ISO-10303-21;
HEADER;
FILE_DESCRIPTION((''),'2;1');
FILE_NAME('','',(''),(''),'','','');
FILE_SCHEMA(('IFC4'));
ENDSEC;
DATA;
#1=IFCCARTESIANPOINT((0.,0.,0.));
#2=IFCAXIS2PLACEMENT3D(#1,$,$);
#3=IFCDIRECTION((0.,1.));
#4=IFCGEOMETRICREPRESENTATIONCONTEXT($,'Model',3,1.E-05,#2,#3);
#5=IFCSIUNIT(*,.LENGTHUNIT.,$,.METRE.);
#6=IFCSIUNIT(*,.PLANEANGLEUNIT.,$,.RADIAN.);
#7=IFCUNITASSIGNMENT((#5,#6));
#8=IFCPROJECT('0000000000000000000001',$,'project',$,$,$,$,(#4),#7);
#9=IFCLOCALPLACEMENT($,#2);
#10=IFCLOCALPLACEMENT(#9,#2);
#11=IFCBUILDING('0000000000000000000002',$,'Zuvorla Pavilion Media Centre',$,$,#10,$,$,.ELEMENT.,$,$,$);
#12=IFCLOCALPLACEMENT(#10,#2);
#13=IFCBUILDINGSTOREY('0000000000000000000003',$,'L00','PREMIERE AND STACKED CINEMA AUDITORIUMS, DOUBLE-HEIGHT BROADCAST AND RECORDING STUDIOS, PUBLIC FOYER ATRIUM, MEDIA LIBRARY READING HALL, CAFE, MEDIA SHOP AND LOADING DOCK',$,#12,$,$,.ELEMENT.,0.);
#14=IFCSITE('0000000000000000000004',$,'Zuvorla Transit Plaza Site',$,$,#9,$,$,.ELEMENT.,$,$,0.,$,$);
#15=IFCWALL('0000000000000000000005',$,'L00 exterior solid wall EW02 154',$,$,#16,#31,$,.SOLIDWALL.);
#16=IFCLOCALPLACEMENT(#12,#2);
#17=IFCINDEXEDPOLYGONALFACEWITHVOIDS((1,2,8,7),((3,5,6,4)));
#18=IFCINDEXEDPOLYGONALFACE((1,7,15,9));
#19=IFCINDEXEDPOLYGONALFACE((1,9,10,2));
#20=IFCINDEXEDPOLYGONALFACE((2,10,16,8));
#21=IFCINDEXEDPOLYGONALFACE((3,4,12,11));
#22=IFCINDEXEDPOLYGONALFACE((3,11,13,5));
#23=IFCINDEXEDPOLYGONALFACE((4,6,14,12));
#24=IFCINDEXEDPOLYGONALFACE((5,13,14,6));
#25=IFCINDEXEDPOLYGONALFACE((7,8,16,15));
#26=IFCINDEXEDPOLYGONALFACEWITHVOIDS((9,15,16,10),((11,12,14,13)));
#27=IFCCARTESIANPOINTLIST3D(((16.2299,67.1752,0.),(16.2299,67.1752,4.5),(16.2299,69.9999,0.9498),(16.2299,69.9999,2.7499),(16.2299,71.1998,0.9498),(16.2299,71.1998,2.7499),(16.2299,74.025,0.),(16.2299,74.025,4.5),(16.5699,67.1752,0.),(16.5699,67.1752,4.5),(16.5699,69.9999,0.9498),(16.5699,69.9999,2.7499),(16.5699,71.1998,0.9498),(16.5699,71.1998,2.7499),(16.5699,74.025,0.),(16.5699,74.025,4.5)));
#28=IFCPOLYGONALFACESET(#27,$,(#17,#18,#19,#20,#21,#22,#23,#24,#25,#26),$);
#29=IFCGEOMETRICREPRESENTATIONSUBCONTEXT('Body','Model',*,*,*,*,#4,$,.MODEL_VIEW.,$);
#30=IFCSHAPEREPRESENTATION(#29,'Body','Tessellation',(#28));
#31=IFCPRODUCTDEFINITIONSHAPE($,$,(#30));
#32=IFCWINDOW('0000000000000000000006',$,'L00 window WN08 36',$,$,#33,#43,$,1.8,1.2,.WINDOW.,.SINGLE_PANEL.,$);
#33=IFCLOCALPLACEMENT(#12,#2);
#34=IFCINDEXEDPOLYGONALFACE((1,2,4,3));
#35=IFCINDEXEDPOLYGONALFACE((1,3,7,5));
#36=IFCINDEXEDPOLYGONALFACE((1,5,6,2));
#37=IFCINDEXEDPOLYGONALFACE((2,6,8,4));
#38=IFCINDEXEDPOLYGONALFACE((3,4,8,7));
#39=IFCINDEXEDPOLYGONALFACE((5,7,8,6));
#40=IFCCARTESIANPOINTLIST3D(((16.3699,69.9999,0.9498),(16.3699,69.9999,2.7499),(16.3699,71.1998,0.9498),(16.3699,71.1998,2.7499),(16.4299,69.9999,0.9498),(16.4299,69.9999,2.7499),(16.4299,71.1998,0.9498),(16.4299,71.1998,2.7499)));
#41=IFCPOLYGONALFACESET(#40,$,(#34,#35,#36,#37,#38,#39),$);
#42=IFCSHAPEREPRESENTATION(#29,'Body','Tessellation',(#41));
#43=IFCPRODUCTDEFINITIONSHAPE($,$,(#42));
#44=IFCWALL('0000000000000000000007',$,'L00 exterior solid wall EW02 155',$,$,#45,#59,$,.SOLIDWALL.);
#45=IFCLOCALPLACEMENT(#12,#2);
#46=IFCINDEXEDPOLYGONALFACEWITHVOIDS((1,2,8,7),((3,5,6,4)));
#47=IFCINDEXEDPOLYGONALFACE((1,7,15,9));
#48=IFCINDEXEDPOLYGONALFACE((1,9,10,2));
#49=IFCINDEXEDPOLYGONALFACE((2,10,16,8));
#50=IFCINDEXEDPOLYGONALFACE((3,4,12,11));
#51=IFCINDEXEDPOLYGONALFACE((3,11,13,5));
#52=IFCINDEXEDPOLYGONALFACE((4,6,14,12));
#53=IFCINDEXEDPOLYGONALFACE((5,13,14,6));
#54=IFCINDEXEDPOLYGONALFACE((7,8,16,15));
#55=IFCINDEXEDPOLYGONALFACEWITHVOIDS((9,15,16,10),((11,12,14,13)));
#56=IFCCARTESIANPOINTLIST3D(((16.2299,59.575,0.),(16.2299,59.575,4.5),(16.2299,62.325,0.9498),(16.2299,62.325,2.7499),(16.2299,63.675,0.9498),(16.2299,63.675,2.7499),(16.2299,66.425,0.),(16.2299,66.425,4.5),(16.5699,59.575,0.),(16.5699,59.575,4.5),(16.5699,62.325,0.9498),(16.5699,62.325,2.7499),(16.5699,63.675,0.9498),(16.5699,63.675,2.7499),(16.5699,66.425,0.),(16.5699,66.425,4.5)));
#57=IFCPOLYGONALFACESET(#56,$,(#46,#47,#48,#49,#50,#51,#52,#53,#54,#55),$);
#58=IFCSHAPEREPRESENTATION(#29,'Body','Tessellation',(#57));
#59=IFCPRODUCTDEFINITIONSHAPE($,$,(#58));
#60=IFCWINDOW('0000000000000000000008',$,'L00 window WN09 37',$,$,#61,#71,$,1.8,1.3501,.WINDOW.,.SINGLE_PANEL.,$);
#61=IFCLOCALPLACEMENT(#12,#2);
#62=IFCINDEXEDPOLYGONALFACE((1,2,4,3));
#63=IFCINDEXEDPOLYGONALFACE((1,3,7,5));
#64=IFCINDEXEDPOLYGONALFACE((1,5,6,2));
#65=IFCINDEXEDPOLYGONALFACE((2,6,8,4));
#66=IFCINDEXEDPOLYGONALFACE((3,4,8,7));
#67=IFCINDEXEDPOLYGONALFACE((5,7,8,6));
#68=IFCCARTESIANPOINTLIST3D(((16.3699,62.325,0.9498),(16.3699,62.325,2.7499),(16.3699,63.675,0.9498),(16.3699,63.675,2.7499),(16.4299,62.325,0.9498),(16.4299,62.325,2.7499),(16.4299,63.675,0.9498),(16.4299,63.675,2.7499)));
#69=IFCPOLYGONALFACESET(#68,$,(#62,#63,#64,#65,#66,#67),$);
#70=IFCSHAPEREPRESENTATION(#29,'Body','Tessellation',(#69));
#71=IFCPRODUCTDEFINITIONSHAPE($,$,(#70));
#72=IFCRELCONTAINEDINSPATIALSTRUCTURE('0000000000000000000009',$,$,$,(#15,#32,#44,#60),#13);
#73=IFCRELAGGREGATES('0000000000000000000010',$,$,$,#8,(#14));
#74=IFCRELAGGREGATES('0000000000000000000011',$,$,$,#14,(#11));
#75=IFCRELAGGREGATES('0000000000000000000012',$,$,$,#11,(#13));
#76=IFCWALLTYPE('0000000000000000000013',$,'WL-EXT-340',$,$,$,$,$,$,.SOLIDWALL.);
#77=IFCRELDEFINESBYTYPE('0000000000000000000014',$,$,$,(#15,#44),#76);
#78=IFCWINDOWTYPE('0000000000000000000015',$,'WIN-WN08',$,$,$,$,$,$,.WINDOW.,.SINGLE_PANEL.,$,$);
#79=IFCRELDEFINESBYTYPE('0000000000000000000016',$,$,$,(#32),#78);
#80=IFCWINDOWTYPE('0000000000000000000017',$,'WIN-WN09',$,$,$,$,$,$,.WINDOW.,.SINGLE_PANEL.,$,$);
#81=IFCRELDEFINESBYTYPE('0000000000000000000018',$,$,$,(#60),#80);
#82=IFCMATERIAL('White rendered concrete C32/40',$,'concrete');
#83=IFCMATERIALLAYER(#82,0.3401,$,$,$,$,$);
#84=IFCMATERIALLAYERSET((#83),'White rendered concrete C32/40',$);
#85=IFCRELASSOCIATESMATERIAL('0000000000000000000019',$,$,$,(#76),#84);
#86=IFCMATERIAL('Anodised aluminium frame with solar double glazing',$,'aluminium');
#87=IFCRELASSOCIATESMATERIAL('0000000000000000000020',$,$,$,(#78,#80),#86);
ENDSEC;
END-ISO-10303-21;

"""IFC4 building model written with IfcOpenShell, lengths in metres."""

from ifc_helpers import new_model, si_unit, direction, frame, frame_2d, origin, place, context, subcontext, project, spatial, rectangle, extrude, material, layer, layer_set, type_object, element, fill, save


model = new_model("IFC4")

# Units and contexts
model_context = context("Model", 3, precision=1e-05, world=origin(), true_north=direction((0.0, 1.0)))
body_context = subcontext(model_context, "Body", "Model", "MODEL_VIEW")
ifc_project = project(units=[si_unit("LENGTHUNIT", "METRE"), si_unit("PLANEANGLEUNIT", "RADIAN")], contexts=[model_context])

# Site, building, storey
site_placement = place(None, origin())
site = spatial("IfcSite", under=ifc_project, at=site_placement, Name="Zuvorla Transit Plaza Site", CompositionType="ELEMENT", RefElevation=0.0)
building_placement = place(site_placement, origin())
building = spatial("IfcBuilding", under=site, at=building_placement, Name="Zuvorla Pavilion Media Centre", CompositionType="ELEMENT")
storey_placement = place(building_placement, origin())
storey = spatial("IfcBuildingStorey", under=building, at=storey_placement, Name="L00", Description="PREMIERE AND STACKED CINEMA AUDITORIUMS, DOUBLE-HEIGHT BROADCAST AND RECORDING STUDIOS, PUBLIC FOYER ATRIUM, MEDIA LIBRARY READING HALL, CAFE, MEDIA SHOP AND LOADING DOCK", CompositionType="ELEMENT", Elevation=0.0)

# Walls, openings, windows
ifc_material_1 = material(Name="White rendered concrete C32/40", Category="concrete")
ifc_layer_1 = layer(ifc_material_1, 0.3401)
ifc_layer_set_1 = layer_set([ifc_layer_1], Name="White rendered concrete C32/40")
wall_type_1 = type_object("IfcWallType", Name="WL-EXT-340", PredefinedType="SOLIDWALL", material=ifc_layer_set_1)
wall_1_placement = place(storey_placement, frame((16.3999, 74.0249, 0.0), z_axis=(0.0, 0.0, 1.0), x_axis=(0.0, -1.0, 0.0)))
wall_1 = element("IfcWall", 1, at=wall_1_placement, inside=storey, type_object=wall_type_1, Name="L00 exterior solid wall EW02 154", PredefinedType="SOLIDWALL", context=body_context, shape_type="SweptSolid", body=[
    extrude(rectangle(XDim=6.8499, YDim=0.3401, at=frame_2d((3.4248, 0.0))), origin(), (0.0, 0.0, 1.0), 4.5),
])
opening_1_placement = place(wall_1_placement, frame((2.825, 0.0, 0.95)))
opening_1 = element("IfcOpeningElement", 2, at=opening_1_placement, cuts=wall_1, PredefinedType="OPENING", context=body_context, shape_type="SweptSolid", body=[
    extrude(rectangle(XDim=1.2, YDim=1.8, at=frame_2d((0.6001, 0.8999))), frame((0.0, 0.1799, 0.0), z_axis=(0.0, -1.0, 0.0), x_axis=(1.0, 0.0, 0.0)), (0.0, 0.0, 1.0), 0.3601),
])
ifc_material_2 = material(Name="Anodised aluminium frame with solar double glazing", Category="aluminium")
window_type_1 = type_object("IfcWindowType", Name="WIN-WN08", PartitioningType="SINGLE_PANEL", PredefinedType="WINDOW", material=ifc_material_2)
window_1_placement = place(opening_1_placement, origin())
window_1 = element("IfcWindow", 3, at=window_1_placement, inside=storey, type_object=window_type_1, Name="L00 window WN08 36", OverallHeight=1.8, OverallWidth=1.2, PartitioningType="SINGLE_PANEL", PredefinedType="WINDOW", context=body_context, shape_type="SweptSolid", body=[
    extrude(rectangle(XDim=1.2, YDim=1.8, at=frame_2d((0.6001, 0.8999))), frame((0.0, 0.03, 0.0), z_axis=(0.0, -1.0, 0.0), x_axis=(1.0, 0.0, 0.0)), (0.0, 0.0, 1.0), 0.0601),
])
fill(opening_1, window_1)
wall_2_placement = place(storey_placement, frame((16.3999, 66.425, 0.0), z_axis=(0.0, 0.0, 1.0), x_axis=(0.0, -1.0, 0.0)))
wall_2 = element("IfcWall", 4, at=wall_2_placement, inside=storey, type_object=wall_type_1, Name="L00 exterior solid wall EW02 155", PredefinedType="SOLIDWALL", context=body_context, shape_type="SweptSolid", body=[
    extrude(rectangle(XDim=6.8501, YDim=0.3401, at=frame_2d((3.425, 0.0))), origin(), (0.0, 0.0, 1.0), 4.5),
])
opening_2_placement = place(wall_2_placement, frame((2.75, 0.0, 0.95)))
opening_2 = element("IfcOpeningElement", 5, at=opening_2_placement, cuts=wall_2, PredefinedType="OPENING", context=body_context, shape_type="SweptSolid", body=[
    extrude(rectangle(XDim=1.3501, YDim=1.8, at=frame_2d((0.675, 0.8999))), frame((0.0, 0.1799, 0.0), z_axis=(0.0, -1.0, 0.0), x_axis=(1.0, 0.0, 0.0)), (0.0, 0.0, 1.0), 0.3601),
])
window_type_2 = type_object("IfcWindowType", Name="WIN-WN09", PartitioningType="SINGLE_PANEL", PredefinedType="WINDOW", material=ifc_material_2)
window_2_placement = place(opening_2_placement, origin())
window_2 = element("IfcWindow", 6, at=window_2_placement, inside=storey, type_object=window_type_2, Name="L00 window WN09 37", OverallHeight=1.8, OverallWidth=1.3501, PartitioningType="SINGLE_PANEL", PredefinedType="WINDOW", context=body_context, shape_type="SweptSolid", body=[
    extrude(rectangle(XDim=1.3501, YDim=1.8, at=frame_2d((0.675, 0.8999))), frame((0.0, 0.03, 0.0), z_axis=(0.0, -1.0, 0.0), x_axis=(1.0, 0.0, 0.0)), (0.0, 0.0, 1.0), 0.0601),
])
fill(opening_2, window_2)

save(model, "model.ifc")
